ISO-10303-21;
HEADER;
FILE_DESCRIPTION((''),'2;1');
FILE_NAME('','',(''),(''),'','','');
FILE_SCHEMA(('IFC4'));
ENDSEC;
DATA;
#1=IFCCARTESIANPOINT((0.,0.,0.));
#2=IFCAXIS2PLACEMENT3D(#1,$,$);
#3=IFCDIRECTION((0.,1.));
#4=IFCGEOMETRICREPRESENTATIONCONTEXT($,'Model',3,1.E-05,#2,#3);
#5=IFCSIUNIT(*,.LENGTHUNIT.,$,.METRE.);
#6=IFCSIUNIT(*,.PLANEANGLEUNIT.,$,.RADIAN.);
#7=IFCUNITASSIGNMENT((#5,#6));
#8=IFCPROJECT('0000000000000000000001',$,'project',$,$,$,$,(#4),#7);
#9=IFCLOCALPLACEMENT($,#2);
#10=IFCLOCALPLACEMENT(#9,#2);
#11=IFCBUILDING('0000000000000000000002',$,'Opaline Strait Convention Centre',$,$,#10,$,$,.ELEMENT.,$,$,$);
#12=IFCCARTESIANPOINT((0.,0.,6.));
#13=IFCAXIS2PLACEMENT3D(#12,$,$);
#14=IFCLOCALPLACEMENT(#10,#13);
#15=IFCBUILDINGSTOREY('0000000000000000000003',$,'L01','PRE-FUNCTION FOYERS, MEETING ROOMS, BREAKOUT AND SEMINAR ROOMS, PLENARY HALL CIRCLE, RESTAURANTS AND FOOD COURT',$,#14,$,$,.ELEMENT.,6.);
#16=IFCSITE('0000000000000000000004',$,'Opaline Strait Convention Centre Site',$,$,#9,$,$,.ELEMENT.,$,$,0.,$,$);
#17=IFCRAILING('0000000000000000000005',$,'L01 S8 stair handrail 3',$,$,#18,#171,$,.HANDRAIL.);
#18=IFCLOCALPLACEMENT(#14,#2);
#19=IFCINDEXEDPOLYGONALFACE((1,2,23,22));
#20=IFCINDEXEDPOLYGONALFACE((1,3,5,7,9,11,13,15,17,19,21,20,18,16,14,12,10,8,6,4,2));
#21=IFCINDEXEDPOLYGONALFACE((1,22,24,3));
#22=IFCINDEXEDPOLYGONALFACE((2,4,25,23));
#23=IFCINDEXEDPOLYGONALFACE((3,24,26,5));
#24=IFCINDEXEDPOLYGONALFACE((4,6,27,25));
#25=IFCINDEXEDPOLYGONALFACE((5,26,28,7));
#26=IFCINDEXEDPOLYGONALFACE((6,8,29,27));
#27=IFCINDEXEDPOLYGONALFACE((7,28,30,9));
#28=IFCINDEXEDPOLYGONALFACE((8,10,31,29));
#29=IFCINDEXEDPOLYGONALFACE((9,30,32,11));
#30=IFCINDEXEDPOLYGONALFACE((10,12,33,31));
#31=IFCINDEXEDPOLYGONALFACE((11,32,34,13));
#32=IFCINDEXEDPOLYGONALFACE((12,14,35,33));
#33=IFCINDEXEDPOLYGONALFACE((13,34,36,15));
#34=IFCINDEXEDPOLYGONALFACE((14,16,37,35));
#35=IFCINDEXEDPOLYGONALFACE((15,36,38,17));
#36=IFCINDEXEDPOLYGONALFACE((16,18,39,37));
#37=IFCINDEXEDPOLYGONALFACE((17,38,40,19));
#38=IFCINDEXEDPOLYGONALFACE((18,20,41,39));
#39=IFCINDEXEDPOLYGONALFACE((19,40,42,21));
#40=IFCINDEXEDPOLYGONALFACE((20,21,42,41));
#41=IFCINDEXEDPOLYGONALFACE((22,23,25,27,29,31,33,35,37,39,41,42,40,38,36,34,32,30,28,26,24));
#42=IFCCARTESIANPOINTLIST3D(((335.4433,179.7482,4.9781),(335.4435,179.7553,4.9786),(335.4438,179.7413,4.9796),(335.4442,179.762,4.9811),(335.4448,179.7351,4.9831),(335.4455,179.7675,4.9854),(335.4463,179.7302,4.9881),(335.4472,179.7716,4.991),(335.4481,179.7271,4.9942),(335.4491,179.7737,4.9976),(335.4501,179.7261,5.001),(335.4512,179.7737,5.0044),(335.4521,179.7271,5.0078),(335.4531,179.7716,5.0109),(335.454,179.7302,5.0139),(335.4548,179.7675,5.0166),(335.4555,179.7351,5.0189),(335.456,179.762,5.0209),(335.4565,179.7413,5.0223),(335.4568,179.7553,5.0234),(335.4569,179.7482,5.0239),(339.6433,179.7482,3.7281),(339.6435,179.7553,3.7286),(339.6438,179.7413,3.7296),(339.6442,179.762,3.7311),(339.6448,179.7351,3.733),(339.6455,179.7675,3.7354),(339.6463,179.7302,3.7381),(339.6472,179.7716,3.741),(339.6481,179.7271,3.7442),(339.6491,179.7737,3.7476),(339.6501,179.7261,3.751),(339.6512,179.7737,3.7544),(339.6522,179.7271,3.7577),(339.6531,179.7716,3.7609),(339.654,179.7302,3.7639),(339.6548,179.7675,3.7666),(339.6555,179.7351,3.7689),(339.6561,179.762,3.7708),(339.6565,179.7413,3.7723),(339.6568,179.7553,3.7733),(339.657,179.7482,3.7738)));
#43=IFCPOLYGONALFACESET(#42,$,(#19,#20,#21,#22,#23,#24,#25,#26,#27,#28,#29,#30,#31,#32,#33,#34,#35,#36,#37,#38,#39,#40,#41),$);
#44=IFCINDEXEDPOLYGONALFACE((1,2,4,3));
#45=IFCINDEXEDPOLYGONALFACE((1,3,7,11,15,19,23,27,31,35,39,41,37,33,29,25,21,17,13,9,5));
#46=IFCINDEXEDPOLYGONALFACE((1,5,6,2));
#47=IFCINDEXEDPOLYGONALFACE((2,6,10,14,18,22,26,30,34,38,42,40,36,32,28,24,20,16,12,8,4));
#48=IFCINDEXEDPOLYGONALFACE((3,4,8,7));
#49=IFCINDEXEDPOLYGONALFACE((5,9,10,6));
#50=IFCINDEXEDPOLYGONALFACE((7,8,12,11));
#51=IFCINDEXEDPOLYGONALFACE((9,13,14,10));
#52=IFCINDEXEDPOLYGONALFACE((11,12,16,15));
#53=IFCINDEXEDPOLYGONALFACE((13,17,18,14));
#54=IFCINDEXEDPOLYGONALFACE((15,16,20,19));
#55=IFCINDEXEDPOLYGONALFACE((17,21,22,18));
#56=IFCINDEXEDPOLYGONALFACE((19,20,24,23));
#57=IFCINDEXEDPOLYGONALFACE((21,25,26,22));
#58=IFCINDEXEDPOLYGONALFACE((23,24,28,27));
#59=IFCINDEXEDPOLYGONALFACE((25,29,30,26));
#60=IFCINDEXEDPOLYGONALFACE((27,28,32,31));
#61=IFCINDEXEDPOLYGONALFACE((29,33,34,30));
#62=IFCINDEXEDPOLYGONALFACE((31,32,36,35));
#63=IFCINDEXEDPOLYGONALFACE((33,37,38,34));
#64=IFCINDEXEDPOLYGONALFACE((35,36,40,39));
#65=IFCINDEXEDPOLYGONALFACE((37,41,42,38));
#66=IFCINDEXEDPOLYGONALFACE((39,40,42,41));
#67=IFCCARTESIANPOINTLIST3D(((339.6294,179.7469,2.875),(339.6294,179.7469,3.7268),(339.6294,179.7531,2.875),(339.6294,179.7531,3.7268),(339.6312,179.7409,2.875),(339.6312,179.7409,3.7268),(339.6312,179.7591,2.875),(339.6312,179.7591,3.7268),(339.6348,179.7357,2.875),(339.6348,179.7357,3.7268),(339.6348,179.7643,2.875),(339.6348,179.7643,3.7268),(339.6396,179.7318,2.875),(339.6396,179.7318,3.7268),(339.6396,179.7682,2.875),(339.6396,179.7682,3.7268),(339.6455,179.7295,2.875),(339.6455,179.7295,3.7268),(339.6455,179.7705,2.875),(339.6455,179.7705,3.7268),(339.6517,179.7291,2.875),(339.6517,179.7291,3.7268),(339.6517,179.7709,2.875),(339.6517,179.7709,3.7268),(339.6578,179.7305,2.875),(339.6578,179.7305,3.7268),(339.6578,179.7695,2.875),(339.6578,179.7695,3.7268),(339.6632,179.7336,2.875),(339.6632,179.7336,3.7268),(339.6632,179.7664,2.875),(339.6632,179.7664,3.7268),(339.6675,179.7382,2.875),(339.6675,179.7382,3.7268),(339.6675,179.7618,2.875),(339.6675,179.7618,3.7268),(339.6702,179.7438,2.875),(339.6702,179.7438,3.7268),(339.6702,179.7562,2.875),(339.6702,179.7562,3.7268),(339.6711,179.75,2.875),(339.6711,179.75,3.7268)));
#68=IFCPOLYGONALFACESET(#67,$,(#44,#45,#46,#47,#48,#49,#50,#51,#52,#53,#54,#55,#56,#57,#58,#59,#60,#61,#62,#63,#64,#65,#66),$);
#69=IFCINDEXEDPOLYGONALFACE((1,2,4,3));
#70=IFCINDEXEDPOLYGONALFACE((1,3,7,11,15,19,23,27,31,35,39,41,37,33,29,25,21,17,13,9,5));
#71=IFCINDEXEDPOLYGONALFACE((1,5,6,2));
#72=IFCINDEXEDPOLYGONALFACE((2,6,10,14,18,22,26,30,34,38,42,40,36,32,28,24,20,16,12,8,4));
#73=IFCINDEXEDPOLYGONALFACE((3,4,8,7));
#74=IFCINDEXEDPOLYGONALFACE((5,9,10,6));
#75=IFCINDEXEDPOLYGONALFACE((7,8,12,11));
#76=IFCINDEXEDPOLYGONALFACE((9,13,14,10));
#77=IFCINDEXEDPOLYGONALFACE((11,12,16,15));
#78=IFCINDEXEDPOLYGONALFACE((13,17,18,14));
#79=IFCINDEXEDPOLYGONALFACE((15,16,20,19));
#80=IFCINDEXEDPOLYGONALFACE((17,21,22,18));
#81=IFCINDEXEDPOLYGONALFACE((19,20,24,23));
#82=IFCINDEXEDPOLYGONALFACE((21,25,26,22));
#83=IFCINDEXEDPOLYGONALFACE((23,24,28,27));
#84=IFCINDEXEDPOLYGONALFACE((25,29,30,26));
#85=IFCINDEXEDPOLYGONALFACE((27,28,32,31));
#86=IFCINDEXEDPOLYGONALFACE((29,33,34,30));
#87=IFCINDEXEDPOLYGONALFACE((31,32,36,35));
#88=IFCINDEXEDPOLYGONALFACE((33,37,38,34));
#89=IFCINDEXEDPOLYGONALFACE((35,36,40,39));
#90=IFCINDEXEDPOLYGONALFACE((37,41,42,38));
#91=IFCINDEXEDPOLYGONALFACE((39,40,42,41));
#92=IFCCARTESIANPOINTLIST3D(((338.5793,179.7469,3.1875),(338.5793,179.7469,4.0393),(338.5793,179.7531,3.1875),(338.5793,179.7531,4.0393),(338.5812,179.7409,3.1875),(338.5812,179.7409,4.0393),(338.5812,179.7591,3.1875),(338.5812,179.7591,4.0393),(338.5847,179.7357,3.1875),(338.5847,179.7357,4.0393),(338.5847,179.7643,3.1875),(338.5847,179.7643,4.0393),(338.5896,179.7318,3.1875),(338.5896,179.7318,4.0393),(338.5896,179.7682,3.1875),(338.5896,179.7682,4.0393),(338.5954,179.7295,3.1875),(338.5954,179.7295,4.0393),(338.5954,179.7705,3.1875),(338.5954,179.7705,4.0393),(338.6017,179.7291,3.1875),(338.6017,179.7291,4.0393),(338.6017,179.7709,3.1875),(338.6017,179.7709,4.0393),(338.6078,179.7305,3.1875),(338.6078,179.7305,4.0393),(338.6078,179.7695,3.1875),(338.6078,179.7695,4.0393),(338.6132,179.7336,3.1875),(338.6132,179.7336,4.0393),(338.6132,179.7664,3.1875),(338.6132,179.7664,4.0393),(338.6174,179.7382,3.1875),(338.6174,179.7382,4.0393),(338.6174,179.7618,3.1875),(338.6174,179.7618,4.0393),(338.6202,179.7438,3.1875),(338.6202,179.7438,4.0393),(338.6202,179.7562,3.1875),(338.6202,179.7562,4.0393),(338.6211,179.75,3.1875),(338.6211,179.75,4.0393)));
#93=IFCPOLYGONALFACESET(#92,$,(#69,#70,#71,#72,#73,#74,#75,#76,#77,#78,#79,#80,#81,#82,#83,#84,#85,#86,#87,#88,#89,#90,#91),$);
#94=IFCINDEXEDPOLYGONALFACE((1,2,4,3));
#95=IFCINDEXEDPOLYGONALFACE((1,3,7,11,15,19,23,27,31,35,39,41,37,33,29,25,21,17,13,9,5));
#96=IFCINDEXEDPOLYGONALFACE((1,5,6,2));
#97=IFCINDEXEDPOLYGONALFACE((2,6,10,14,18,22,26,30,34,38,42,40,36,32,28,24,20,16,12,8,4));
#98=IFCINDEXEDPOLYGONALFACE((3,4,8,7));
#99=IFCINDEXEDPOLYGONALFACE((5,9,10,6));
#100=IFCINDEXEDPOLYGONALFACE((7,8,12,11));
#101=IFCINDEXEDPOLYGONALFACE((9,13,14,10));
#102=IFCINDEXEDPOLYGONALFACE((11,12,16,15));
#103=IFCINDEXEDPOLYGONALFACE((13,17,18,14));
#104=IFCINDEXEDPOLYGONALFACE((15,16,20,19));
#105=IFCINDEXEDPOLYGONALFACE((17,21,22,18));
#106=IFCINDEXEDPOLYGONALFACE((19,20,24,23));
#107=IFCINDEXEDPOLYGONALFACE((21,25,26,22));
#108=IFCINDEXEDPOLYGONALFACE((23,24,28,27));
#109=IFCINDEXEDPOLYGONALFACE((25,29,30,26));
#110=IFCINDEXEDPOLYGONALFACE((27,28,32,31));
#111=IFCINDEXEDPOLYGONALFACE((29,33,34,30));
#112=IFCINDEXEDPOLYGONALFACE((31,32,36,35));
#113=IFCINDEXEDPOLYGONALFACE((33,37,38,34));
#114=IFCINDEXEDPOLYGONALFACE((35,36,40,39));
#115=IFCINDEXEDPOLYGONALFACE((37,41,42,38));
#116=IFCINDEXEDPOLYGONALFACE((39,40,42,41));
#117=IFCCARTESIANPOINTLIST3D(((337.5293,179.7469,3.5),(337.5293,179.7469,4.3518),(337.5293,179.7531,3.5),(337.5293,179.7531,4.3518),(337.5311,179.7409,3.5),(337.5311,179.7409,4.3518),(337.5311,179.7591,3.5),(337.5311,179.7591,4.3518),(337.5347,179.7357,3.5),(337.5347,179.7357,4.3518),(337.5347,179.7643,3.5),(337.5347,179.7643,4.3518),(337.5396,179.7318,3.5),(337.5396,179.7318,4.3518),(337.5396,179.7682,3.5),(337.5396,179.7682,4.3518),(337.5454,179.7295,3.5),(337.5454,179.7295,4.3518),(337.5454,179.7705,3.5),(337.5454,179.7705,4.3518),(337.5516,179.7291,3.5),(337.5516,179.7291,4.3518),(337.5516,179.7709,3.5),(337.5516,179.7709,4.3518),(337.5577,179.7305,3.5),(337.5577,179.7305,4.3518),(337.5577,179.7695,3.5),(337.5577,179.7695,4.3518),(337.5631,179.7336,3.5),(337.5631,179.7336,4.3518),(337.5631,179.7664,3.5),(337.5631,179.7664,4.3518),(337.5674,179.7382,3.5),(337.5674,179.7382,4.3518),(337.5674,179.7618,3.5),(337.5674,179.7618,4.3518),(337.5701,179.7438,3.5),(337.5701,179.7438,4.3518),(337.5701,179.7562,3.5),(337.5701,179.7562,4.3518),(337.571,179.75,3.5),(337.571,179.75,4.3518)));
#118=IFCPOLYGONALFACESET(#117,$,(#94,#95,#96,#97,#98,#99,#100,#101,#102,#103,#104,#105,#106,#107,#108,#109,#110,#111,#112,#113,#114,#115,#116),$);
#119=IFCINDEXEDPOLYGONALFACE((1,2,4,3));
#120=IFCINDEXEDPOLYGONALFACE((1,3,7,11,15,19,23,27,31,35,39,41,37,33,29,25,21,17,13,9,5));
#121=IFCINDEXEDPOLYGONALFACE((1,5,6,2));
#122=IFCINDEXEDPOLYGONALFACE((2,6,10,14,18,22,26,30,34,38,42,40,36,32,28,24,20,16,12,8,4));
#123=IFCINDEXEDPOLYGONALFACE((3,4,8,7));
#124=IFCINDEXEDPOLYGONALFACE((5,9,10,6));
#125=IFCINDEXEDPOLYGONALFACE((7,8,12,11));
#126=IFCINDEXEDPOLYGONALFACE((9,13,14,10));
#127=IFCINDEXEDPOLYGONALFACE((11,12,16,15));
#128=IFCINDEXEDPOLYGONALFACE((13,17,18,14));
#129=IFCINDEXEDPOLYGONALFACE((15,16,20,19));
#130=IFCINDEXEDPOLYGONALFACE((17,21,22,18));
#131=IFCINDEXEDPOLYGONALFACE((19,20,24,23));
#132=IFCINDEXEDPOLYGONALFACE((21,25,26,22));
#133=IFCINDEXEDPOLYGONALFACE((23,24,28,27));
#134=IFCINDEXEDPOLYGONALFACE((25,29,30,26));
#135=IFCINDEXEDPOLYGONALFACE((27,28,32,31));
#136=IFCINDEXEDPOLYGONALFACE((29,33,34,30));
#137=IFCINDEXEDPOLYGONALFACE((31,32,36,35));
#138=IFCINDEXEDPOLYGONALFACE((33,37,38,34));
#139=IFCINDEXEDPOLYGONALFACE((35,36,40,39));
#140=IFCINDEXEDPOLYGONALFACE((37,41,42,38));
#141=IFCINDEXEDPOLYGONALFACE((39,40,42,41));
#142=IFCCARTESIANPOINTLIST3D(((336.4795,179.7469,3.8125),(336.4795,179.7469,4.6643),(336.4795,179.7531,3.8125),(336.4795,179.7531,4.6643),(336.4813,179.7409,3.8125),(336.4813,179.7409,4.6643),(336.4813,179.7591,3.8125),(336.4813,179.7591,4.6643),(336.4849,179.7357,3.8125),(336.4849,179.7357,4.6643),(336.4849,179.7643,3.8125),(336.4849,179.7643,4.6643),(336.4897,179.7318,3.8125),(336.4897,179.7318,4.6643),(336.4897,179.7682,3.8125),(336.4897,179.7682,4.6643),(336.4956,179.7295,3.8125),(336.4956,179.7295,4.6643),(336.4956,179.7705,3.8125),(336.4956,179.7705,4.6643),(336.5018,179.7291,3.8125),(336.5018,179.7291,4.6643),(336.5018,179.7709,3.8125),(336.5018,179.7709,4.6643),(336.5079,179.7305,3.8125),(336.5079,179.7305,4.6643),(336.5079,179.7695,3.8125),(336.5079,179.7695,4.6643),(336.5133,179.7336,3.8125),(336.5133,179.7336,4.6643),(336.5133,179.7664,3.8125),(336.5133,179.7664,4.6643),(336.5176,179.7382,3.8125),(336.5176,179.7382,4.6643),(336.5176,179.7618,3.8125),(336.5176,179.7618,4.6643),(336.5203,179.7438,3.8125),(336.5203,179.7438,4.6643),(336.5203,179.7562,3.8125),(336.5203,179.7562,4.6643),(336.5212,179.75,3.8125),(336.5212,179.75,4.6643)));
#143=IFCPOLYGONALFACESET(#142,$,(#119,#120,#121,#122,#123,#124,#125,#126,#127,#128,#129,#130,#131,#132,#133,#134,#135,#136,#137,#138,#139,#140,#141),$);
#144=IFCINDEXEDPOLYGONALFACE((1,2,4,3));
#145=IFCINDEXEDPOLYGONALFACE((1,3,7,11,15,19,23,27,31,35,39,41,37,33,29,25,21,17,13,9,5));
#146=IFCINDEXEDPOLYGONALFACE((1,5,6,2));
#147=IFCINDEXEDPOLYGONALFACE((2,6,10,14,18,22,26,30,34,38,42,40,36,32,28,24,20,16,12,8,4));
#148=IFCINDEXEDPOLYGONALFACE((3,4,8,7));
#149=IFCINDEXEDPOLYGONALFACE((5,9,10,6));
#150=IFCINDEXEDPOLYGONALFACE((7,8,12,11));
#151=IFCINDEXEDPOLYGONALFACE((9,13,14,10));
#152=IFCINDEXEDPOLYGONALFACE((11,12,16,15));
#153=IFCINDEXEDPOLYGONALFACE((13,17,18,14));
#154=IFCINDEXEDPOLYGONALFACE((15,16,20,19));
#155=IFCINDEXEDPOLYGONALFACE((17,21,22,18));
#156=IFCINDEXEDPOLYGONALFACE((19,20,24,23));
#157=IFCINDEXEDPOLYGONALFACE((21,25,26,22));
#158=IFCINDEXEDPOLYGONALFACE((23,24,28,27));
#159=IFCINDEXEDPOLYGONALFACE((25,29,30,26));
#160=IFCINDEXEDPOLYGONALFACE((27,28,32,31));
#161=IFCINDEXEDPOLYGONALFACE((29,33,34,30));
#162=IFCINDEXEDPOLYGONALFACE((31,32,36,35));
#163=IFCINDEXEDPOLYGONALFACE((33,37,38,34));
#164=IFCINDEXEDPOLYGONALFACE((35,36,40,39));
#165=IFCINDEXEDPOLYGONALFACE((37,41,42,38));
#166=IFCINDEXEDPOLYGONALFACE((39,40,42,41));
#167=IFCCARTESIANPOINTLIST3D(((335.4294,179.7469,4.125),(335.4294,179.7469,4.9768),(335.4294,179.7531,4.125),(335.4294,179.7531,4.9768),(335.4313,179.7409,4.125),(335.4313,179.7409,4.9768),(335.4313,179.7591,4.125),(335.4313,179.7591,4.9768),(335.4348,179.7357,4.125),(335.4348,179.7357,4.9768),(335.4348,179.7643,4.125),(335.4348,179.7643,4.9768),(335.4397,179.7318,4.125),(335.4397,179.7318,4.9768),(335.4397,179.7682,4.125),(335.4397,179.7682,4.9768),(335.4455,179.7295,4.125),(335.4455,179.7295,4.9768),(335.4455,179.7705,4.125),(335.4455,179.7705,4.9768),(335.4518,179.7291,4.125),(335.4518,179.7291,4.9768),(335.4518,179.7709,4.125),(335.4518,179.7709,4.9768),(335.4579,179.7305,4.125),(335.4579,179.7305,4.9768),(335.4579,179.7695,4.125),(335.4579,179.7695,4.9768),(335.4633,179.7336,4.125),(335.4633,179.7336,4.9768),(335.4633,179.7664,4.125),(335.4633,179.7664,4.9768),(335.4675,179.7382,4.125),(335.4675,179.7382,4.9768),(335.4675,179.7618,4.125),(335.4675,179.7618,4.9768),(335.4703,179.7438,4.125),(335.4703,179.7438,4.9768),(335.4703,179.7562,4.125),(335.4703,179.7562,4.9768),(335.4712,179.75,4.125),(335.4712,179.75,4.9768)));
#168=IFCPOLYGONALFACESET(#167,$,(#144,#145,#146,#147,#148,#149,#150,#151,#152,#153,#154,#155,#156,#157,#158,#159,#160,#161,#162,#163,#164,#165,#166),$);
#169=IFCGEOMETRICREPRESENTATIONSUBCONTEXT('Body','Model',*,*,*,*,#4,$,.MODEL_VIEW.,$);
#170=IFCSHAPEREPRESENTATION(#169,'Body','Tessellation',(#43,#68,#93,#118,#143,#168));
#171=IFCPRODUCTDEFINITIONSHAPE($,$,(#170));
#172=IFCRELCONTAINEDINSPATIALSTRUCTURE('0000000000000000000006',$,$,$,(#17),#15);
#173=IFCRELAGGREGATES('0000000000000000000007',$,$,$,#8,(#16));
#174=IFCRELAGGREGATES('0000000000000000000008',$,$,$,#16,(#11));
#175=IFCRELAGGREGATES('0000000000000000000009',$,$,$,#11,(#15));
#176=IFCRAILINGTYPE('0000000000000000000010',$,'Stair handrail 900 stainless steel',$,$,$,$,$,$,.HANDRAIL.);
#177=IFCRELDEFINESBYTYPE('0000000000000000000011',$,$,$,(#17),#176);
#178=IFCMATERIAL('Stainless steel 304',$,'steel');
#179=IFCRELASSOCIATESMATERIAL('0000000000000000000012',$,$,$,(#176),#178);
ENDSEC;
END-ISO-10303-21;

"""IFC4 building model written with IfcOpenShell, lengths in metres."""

from ifc_helpers import new_model, si_unit, direction, frame, origin, origin_2d, place, context, subcontext, project, spatial, circle, extrude, material, type_object, element, save


model = new_model("IFC4")

# Units and contexts
model_context = context("Model", 3, precision=1e-05, world=origin(), true_north=direction((0.0, 1.0)))
body_context = subcontext(model_context, "Body", "Model", "MODEL_VIEW")
ifc_project = project(units=[si_unit("LENGTHUNIT", "METRE"), si_unit("PLANEANGLEUNIT", "RADIAN")], contexts=[model_context])

# Site, building, storey
site_placement = place(None, origin())
site = spatial("IfcSite", under=ifc_project, at=site_placement, Name="Opaline Strait Convention Centre Site", CompositionType="ELEMENT", RefElevation=0.0)
building_placement = place(site_placement, origin())
building = spatial("IfcBuilding", under=site, at=building_placement, Name="Opaline Strait Convention Centre", CompositionType="ELEMENT")
storey_placement = place(building_placement, frame((0.0, 0.0, 6.0)))
storey = spatial("IfcBuildingStorey", under=building, at=storey_placement, Name="L01", Description="PRE-FUNCTION FOYERS, MEETING ROOMS, BREAKOUT AND SEMINAR ROOMS, PLENARY HALL CIRCLE, RESTAURANTS AND FOOD COURT", CompositionType="ELEMENT", Elevation=6.0)

# Railing
ifc_material_1 = material(Name="Stainless steel 304", Category="steel")
railing_type_1 = type_object("IfcRailingType", Name="Stair handrail 900 stainless steel", PredefinedType="HANDRAIL", material=ifc_material_1)
railing_1_placement = place(storey_placement, frame((339.6501, 179.75, 2.875)))
element("IfcRailing", 1, at=railing_1_placement, inside=storey, type_object=railing_type_1, Name="L01 S8 stair handrail 3", PredefinedType="HANDRAIL", context=body_context, shape_type="SweptSolid", body=[
    extrude(circle(Radius=0.0239, at=origin_2d()), frame((0.0, 0.0, 0.876), z_axis=(-0.958451, 0.0, 0.285257), x_axis=(0.0, -1.0, 0.0)), (0.0, 0.0, 1.0), 4.3821),
    extrude(circle(Radius=0.021, at=origin_2d()), origin(), (0.0, 0.0, 1.0), 0.8518),
    extrude(circle(Radius=0.021, at=origin_2d()), frame((-1.05, 0.0, 0.3125)), (0.0, 0.0, 1.0), 0.8518),
    extrude(circle(Radius=0.021, at=origin_2d()), frame((-2.1001, 0.0, 0.625)), (0.0, 0.0, 1.0), 0.8518),
    extrude(circle(Radius=0.021, at=origin_2d()), frame((-3.1499, 0.0, 0.9375)), (0.0, 0.0, 1.0), 0.8518),
    extrude(circle(Radius=0.021, at=origin_2d()), frame((-4.2, 0.0, 1.25)), (0.0, 0.0, 1.0), 0.8518),
])

save(model, "model.ifc")
